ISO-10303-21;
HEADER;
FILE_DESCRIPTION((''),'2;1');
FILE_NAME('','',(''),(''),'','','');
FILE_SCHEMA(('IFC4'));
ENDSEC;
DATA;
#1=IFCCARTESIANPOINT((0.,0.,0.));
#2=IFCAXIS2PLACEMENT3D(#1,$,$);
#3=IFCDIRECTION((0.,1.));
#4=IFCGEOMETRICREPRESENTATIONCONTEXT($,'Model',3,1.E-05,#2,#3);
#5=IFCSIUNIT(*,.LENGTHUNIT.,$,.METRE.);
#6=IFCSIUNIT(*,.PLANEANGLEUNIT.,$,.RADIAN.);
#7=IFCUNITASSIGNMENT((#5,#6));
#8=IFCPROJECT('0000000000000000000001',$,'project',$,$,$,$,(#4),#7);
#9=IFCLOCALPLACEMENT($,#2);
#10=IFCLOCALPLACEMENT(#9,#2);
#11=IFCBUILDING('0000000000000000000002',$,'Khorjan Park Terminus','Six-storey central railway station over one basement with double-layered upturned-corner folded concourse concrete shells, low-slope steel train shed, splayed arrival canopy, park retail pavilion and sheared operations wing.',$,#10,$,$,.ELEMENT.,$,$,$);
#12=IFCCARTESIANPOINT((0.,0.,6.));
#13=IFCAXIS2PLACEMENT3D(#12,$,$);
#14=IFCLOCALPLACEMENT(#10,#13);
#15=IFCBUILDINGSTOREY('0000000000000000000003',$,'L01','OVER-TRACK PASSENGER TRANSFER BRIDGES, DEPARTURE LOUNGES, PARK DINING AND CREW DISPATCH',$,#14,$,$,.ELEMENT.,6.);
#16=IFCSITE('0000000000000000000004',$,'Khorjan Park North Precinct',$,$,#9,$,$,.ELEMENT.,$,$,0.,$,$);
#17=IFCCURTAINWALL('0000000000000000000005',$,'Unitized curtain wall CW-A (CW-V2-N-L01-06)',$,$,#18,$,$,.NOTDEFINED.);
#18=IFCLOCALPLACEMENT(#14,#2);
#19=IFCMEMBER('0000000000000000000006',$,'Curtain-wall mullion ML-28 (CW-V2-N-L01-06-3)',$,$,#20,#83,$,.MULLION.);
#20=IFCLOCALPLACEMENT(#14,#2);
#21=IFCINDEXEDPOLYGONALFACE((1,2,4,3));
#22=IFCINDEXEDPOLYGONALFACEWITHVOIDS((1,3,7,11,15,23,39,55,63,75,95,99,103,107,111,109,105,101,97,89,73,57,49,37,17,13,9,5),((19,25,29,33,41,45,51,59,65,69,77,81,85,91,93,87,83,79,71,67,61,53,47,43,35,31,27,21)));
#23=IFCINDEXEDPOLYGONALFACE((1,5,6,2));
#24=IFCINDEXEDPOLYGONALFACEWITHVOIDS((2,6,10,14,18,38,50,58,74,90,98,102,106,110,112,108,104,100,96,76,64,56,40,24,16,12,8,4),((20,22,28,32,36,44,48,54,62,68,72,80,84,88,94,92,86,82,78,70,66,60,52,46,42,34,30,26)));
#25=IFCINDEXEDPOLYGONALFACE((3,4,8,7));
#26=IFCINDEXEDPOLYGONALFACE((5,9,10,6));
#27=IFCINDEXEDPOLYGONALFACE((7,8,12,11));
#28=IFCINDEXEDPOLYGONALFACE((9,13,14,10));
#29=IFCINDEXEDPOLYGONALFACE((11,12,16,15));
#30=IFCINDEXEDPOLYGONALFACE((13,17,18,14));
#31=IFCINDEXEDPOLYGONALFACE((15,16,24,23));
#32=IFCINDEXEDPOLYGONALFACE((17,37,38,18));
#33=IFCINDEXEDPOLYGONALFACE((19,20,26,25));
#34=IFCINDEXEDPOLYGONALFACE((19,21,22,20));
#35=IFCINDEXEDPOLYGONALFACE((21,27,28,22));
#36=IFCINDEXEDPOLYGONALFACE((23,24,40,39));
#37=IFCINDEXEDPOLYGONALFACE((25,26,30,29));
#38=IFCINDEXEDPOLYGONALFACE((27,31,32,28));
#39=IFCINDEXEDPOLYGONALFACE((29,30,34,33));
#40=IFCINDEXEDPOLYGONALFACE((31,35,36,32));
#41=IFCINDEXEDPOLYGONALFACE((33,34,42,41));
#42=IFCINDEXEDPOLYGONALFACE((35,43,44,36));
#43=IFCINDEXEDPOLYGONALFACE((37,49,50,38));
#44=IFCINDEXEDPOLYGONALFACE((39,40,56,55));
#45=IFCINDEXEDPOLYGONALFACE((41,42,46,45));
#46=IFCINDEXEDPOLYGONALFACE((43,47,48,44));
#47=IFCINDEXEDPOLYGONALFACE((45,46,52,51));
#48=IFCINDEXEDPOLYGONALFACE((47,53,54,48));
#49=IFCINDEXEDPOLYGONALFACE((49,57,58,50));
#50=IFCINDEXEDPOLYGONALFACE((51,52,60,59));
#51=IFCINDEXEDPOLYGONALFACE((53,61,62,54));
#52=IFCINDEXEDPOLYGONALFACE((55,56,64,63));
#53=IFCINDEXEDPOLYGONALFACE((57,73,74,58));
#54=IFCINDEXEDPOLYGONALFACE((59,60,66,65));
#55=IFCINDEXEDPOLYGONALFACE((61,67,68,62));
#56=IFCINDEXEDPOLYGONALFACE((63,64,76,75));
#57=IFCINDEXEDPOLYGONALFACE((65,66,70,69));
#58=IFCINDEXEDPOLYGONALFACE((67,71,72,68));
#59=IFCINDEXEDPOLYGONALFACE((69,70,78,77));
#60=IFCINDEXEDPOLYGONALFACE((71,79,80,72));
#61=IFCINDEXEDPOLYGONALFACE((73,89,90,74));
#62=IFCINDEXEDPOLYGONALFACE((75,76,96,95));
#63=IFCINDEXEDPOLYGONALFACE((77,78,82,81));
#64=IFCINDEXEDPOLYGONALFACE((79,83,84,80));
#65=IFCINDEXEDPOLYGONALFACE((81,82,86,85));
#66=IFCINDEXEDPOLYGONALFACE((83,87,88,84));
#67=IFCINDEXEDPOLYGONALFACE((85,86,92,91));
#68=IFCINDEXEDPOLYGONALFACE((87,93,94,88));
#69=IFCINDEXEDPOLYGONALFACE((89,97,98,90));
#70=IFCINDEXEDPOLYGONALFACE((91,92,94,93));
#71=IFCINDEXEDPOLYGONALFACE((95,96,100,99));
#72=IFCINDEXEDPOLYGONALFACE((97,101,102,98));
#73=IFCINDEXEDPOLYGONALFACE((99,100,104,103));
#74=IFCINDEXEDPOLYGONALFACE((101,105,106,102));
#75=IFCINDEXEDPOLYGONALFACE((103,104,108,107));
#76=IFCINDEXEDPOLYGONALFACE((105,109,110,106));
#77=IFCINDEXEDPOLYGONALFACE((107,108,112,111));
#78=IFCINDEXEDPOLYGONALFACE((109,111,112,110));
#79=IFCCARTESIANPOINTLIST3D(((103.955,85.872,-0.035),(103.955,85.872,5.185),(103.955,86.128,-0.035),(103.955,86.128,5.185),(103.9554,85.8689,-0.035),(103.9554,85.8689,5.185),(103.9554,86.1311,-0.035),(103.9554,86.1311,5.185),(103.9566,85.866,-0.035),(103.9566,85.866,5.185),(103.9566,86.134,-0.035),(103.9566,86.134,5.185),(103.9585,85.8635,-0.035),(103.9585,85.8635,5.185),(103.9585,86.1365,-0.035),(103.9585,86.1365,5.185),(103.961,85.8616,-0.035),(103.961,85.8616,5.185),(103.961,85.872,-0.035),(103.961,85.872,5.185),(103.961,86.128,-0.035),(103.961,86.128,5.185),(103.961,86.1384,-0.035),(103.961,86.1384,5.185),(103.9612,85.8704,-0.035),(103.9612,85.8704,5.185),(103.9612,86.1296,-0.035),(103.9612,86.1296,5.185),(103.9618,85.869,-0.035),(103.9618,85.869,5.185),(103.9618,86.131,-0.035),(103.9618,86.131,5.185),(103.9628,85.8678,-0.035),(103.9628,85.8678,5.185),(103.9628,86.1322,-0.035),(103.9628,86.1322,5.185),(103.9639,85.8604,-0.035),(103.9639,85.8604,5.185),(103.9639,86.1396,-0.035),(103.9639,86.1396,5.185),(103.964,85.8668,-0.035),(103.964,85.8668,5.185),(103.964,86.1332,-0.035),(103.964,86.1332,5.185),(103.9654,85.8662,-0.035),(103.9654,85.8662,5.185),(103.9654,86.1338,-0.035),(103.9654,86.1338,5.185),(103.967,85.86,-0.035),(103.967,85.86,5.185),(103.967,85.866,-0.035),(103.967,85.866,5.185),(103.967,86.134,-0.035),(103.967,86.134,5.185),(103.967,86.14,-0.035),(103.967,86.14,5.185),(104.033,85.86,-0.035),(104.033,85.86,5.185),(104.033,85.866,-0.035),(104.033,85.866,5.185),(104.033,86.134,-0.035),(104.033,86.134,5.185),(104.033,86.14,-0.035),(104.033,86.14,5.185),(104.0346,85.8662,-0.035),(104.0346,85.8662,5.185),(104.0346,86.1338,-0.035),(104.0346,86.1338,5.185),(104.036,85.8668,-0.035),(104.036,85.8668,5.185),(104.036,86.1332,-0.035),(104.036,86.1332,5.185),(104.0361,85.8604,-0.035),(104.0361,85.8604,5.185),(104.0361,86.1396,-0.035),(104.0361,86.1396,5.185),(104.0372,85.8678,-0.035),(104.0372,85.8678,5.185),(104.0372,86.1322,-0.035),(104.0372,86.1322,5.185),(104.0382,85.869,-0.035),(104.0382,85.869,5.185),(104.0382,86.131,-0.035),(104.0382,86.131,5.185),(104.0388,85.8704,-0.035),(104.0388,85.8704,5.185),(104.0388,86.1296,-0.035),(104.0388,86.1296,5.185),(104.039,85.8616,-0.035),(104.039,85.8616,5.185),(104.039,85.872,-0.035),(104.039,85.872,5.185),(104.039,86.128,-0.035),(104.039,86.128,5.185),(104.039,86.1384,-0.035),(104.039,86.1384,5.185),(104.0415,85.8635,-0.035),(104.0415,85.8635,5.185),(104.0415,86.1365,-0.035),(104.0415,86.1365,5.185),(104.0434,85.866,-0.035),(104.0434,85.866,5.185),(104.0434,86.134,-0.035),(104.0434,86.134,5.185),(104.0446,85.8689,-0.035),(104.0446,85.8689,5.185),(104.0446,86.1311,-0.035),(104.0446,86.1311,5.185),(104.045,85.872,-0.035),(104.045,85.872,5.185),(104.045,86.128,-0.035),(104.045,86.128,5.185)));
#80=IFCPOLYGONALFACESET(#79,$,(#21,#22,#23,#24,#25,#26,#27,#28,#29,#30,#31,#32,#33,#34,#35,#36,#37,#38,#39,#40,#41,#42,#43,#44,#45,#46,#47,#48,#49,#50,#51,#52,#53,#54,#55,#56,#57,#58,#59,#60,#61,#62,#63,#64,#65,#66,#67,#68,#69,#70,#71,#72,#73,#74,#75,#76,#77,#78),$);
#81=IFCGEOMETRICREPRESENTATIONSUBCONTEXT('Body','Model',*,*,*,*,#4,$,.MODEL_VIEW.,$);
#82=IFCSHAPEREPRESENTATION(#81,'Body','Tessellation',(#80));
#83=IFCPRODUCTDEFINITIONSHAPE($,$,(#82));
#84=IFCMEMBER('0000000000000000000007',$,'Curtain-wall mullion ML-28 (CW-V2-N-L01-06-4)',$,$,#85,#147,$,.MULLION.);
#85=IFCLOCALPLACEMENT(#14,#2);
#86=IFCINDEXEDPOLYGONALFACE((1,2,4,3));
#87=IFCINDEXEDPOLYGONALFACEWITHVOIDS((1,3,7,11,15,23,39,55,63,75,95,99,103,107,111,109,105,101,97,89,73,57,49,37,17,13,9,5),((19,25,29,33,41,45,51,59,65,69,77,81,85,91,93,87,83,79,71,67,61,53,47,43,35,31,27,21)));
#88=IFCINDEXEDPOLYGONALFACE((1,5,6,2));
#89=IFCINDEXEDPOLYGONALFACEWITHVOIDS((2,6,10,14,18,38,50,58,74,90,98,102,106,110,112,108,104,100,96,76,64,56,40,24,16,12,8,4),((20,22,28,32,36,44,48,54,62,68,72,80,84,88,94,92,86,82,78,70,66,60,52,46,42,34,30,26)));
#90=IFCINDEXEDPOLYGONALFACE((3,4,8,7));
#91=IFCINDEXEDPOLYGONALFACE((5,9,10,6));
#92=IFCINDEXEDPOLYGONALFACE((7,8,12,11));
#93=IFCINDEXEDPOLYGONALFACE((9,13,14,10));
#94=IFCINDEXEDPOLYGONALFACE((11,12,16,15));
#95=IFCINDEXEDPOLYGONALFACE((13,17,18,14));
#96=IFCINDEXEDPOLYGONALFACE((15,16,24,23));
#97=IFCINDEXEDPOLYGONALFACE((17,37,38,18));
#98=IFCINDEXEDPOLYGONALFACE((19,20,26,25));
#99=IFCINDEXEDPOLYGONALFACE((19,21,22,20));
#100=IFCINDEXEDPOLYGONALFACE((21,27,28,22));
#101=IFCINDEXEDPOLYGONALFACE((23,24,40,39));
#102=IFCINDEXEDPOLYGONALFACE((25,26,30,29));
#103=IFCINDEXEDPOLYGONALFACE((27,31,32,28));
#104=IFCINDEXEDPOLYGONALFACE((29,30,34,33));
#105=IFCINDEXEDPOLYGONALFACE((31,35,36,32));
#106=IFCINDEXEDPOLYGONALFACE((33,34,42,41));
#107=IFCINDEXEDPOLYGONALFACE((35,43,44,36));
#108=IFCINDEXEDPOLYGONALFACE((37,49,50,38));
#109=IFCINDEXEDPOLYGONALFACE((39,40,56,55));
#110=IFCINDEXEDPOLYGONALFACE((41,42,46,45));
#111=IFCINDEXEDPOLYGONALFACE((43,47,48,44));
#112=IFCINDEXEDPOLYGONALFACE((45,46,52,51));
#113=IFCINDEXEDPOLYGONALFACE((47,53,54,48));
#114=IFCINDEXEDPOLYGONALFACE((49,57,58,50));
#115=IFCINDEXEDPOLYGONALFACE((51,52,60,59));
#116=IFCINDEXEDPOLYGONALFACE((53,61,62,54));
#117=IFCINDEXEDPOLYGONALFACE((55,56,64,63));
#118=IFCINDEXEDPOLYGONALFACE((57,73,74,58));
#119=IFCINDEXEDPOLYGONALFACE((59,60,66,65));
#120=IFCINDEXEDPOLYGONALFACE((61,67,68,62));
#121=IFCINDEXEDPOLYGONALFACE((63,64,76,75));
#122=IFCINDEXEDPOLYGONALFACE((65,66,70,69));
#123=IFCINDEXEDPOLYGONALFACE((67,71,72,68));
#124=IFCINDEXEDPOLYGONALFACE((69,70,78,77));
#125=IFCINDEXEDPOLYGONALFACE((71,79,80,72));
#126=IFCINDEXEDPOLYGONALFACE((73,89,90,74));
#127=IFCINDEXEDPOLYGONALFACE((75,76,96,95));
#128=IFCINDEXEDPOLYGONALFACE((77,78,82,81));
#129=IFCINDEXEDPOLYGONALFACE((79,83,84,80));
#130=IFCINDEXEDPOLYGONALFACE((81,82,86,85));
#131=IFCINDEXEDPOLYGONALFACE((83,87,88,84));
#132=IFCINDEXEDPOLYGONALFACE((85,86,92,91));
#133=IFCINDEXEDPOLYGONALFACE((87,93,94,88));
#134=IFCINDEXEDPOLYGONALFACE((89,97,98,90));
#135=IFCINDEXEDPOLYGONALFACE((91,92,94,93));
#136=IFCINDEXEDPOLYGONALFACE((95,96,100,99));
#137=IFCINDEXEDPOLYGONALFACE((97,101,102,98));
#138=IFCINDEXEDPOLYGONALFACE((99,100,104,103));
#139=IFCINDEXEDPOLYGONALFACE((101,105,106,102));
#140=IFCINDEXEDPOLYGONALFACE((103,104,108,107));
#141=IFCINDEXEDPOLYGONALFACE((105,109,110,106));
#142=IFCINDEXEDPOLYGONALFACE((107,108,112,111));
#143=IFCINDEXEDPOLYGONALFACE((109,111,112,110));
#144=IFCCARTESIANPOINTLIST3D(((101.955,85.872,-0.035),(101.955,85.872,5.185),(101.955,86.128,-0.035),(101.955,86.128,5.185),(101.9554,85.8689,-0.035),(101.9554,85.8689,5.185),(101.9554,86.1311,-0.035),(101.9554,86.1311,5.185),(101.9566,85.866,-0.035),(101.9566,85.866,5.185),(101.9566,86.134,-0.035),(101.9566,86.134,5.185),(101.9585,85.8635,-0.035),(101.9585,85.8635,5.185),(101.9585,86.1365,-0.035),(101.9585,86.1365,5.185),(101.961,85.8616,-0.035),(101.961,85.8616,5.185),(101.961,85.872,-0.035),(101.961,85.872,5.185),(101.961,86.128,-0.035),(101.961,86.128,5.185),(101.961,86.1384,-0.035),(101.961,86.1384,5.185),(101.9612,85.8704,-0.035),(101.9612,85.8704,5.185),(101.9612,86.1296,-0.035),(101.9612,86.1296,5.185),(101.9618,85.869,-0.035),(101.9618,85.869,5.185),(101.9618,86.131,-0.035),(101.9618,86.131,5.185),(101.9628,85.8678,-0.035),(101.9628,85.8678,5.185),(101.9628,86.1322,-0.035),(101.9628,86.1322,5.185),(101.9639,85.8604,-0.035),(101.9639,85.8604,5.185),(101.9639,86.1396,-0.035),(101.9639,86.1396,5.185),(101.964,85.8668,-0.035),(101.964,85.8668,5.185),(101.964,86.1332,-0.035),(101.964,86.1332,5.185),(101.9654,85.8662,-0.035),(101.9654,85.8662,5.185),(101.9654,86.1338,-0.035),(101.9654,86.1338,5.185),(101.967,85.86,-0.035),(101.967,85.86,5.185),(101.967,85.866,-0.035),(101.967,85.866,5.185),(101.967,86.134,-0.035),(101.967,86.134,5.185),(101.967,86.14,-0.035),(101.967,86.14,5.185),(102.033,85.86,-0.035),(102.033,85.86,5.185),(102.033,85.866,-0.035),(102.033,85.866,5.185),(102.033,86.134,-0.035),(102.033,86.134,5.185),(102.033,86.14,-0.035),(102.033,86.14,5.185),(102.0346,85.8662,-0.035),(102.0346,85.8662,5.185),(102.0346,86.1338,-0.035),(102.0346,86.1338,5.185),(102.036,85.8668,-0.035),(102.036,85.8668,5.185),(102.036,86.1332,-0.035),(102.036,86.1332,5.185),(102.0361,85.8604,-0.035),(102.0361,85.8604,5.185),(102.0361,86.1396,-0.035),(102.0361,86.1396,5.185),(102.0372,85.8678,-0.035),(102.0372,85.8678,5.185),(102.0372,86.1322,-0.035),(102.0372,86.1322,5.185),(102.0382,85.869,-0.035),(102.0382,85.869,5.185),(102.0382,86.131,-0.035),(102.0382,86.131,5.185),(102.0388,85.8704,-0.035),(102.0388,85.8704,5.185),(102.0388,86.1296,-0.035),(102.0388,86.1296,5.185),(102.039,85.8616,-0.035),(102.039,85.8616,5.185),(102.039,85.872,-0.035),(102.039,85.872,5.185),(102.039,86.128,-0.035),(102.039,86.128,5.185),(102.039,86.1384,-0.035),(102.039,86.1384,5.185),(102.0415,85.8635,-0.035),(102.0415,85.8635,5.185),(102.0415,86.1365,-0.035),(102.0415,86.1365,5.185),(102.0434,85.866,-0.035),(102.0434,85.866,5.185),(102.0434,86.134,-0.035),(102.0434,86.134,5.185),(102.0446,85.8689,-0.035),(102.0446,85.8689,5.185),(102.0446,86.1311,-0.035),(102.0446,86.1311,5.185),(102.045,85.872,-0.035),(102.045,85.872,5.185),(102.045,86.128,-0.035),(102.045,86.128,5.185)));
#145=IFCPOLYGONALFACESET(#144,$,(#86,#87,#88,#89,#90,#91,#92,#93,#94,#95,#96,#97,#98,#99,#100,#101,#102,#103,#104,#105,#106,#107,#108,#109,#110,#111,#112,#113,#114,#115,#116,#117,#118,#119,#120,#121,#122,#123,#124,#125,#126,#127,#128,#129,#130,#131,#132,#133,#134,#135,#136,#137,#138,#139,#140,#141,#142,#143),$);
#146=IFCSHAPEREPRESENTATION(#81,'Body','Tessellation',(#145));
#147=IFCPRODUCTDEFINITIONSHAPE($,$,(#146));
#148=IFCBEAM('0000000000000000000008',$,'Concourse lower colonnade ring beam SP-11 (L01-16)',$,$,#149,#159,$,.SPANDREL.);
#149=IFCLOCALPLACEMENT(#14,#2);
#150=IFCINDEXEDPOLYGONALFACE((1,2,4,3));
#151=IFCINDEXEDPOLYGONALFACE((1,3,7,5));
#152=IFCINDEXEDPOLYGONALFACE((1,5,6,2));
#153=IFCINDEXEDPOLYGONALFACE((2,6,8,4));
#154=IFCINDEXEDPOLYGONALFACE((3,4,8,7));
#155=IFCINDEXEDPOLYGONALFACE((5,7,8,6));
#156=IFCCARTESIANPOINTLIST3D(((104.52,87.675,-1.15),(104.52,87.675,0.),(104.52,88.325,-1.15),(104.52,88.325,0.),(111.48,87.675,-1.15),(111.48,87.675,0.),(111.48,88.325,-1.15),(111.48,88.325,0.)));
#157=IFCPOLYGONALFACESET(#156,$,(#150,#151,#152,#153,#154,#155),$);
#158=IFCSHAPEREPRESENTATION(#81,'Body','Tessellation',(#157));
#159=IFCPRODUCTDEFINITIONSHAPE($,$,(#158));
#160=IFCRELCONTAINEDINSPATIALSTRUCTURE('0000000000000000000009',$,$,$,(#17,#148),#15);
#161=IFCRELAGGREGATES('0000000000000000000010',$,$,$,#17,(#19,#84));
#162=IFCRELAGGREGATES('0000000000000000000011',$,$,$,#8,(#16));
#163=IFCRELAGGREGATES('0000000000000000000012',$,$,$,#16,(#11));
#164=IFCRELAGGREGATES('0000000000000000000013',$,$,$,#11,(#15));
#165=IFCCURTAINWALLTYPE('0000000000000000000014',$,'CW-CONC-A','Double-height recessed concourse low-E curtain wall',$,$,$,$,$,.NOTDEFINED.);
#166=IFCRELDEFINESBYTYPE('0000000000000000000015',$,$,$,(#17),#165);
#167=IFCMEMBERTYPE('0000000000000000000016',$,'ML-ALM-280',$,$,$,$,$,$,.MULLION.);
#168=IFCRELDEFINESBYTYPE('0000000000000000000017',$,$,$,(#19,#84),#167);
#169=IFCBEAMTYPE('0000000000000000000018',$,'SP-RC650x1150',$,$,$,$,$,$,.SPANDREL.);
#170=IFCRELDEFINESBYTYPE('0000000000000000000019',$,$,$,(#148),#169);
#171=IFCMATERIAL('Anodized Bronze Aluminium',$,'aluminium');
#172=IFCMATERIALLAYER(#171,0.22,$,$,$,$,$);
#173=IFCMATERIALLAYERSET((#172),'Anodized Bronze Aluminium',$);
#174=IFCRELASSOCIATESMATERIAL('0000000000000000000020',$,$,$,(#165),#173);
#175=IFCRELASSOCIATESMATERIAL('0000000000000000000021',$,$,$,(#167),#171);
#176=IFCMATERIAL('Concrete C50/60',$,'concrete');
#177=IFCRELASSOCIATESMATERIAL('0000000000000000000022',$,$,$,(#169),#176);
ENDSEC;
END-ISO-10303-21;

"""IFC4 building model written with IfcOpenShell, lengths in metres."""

from ifc_helpers import new_model, si_unit, direction, frame, origin, origin_2d, place, context, subcontext, project, spatial, rectangle, hollow_rectangle, extrude, material, layer, layer_set, material_profile, profile_set, type_object, element, aggregate, save


model = new_model("IFC4")

# Units and contexts
model_context = context("Model", 3, precision=1e-05, world=origin(), true_north=direction((0.0, 1.0)))
body_context = subcontext(model_context, "Body", "Model", "MODEL_VIEW")
ifc_project = project(units=[si_unit("LENGTHUNIT", "METRE"), si_unit("PLANEANGLEUNIT", "RADIAN")], contexts=[model_context])

# Site, building, storey
site_placement = place(None, origin())
site = spatial("IfcSite", under=ifc_project, at=site_placement, Name="Khorjan Park North Precinct", CompositionType="ELEMENT", RefElevation=0.0)
building_placement = place(site_placement, origin())
building = spatial("IfcBuilding", under=site, at=building_placement, Name="Khorjan Park Terminus", Description="Six-storey central railway station over one basement with double-layered upturned-corner folded concourse concrete shells, low-slope steel train shed, splayed arrival canopy, park retail pavilion and sheared operations wing.", CompositionType="ELEMENT")
storey_placement = place(building_placement, frame((0.0, 0.0, 6.0)))
storey = spatial("IfcBuildingStorey", under=building, at=storey_placement, Name="L01", Description="OVER-TRACK PASSENGER TRANSFER BRIDGES, DEPARTURE LOUNGES, PARK DINING AND CREW DISPATCH", CompositionType="ELEMENT", Elevation=6.0)

# Shared definitions
ifc_material_1 = material(Name="Concrete C50/60", Category="concrete")

# Shared definitions
ifc_material_2 = material(Name="Anodized Bronze Aluminium", Category="aluminium")
ifc_layer_1 = layer(ifc_material_2, 0.22)
ifc_layer_set_1 = layer_set([ifc_layer_1], Name="Anodized Bronze Aluminium")
curtain_wall_type = type_object("IfcCurtainWallType", Name="CW-CONC-A", Description="Double-height recessed concourse low-E curtain wall", PredefinedType="NOTDEFINED", material=ifc_layer_set_1)
ifc_material_profile_1 = material_profile(ifc_material_2, hollow_rectangle(XDim=0.09, YDim=0.28, WallThickness=0.006, InnerFilletRadius=0.006, OuterFilletRadius=0.012, at=origin_2d()), Name="ALM 90x280x6")
ifc_profile_set_1 = profile_set([ifc_material_profile_1], Name="Anodized Bronze Aluminium")
member_type_1 = type_object("IfcMemberType", Name="ML-ALM-280", PredefinedType="MULLION", material=ifc_profile_set_1)

# Curtain wall, members
curtain_wall_1_placement = place(storey_placement, origin())
curtain_wall_1 = element("IfcCurtainWall", 1, at=curtain_wall_1_placement, inside=storey, type_object=curtain_wall_type, Name="Unitized curtain wall CW-A (CW-V2-N-L01-06)", PredefinedType="NOTDEFINED")
member_1_placement = place(storey_placement, frame((104.0, 86.0, -0.035), z_axis=(0.0, 0.0, 1.0), x_axis=(-1.0, 0.0, 0.0)))
member_1 = element("IfcMember", 2, at=member_1_placement, type_object=member_type_1, Name="Curtain-wall mullion ML-28 (CW-V2-N-L01-06-3)", PredefinedType="MULLION", context=body_context, shape_type="SweptSolid", body=[
    extrude(hollow_rectangle(XDim=0.09, YDim=0.28, WallThickness=0.006, InnerFilletRadius=0.006, OuterFilletRadius=0.012, at=origin_2d()), origin(), (0.0, 0.0, 1.0), 5.22),
])
member_2_placement = place(storey_placement, frame((102.0, 86.0, -0.035), z_axis=(0.0, 0.0, 1.0), x_axis=(-1.0, 0.0, 0.0)))
member_2 = element("IfcMember", 3, at=member_2_placement, type_object=member_type_1, Name="Curtain-wall mullion ML-28 (CW-V2-N-L01-06-4)", PredefinedType="MULLION", context=body_context, shape_type="SweptSolid", body=[
    extrude(hollow_rectangle(XDim=0.09, YDim=0.28, WallThickness=0.006, InnerFilletRadius=0.006, OuterFilletRadius=0.012, at=origin_2d()), origin(), (0.0, 0.0, 1.0), 5.22),
])

# Beam
ifc_material_profile_2 = material_profile(ifc_material_1, rectangle(XDim=0.65, YDim=1.15, at=origin_2d()), Name="RC 650x1150")
ifc_profile_set_2 = profile_set([ifc_material_profile_2], Name="Concrete C50/60")
beam_type = type_object("IfcBeamType", Name="SP-RC650x1150", PredefinedType="SPANDREL", material=ifc_profile_set_2)
beam_placement = place(storey_placement, frame((104.52, 88.0, -0.575), z_axis=(1.0, 0.0, 0.0), x_axis=(0.0, 1.0, 0.0)))
element("IfcBeam", 4, at=beam_placement, inside=storey, type_object=beam_type, Name="Concourse lower colonnade ring beam SP-11 (L01-16)", PredefinedType="SPANDREL", context=body_context, shape_type="SweptSolid", body=[
    extrude(rectangle(XDim=0.65, YDim=1.15, at=origin_2d()), origin(), (0.0, 0.0, 1.0), 6.96),
])

aggregate(curtain_wall_1, [member_1, member_2])

save(model, "model.ifc")
